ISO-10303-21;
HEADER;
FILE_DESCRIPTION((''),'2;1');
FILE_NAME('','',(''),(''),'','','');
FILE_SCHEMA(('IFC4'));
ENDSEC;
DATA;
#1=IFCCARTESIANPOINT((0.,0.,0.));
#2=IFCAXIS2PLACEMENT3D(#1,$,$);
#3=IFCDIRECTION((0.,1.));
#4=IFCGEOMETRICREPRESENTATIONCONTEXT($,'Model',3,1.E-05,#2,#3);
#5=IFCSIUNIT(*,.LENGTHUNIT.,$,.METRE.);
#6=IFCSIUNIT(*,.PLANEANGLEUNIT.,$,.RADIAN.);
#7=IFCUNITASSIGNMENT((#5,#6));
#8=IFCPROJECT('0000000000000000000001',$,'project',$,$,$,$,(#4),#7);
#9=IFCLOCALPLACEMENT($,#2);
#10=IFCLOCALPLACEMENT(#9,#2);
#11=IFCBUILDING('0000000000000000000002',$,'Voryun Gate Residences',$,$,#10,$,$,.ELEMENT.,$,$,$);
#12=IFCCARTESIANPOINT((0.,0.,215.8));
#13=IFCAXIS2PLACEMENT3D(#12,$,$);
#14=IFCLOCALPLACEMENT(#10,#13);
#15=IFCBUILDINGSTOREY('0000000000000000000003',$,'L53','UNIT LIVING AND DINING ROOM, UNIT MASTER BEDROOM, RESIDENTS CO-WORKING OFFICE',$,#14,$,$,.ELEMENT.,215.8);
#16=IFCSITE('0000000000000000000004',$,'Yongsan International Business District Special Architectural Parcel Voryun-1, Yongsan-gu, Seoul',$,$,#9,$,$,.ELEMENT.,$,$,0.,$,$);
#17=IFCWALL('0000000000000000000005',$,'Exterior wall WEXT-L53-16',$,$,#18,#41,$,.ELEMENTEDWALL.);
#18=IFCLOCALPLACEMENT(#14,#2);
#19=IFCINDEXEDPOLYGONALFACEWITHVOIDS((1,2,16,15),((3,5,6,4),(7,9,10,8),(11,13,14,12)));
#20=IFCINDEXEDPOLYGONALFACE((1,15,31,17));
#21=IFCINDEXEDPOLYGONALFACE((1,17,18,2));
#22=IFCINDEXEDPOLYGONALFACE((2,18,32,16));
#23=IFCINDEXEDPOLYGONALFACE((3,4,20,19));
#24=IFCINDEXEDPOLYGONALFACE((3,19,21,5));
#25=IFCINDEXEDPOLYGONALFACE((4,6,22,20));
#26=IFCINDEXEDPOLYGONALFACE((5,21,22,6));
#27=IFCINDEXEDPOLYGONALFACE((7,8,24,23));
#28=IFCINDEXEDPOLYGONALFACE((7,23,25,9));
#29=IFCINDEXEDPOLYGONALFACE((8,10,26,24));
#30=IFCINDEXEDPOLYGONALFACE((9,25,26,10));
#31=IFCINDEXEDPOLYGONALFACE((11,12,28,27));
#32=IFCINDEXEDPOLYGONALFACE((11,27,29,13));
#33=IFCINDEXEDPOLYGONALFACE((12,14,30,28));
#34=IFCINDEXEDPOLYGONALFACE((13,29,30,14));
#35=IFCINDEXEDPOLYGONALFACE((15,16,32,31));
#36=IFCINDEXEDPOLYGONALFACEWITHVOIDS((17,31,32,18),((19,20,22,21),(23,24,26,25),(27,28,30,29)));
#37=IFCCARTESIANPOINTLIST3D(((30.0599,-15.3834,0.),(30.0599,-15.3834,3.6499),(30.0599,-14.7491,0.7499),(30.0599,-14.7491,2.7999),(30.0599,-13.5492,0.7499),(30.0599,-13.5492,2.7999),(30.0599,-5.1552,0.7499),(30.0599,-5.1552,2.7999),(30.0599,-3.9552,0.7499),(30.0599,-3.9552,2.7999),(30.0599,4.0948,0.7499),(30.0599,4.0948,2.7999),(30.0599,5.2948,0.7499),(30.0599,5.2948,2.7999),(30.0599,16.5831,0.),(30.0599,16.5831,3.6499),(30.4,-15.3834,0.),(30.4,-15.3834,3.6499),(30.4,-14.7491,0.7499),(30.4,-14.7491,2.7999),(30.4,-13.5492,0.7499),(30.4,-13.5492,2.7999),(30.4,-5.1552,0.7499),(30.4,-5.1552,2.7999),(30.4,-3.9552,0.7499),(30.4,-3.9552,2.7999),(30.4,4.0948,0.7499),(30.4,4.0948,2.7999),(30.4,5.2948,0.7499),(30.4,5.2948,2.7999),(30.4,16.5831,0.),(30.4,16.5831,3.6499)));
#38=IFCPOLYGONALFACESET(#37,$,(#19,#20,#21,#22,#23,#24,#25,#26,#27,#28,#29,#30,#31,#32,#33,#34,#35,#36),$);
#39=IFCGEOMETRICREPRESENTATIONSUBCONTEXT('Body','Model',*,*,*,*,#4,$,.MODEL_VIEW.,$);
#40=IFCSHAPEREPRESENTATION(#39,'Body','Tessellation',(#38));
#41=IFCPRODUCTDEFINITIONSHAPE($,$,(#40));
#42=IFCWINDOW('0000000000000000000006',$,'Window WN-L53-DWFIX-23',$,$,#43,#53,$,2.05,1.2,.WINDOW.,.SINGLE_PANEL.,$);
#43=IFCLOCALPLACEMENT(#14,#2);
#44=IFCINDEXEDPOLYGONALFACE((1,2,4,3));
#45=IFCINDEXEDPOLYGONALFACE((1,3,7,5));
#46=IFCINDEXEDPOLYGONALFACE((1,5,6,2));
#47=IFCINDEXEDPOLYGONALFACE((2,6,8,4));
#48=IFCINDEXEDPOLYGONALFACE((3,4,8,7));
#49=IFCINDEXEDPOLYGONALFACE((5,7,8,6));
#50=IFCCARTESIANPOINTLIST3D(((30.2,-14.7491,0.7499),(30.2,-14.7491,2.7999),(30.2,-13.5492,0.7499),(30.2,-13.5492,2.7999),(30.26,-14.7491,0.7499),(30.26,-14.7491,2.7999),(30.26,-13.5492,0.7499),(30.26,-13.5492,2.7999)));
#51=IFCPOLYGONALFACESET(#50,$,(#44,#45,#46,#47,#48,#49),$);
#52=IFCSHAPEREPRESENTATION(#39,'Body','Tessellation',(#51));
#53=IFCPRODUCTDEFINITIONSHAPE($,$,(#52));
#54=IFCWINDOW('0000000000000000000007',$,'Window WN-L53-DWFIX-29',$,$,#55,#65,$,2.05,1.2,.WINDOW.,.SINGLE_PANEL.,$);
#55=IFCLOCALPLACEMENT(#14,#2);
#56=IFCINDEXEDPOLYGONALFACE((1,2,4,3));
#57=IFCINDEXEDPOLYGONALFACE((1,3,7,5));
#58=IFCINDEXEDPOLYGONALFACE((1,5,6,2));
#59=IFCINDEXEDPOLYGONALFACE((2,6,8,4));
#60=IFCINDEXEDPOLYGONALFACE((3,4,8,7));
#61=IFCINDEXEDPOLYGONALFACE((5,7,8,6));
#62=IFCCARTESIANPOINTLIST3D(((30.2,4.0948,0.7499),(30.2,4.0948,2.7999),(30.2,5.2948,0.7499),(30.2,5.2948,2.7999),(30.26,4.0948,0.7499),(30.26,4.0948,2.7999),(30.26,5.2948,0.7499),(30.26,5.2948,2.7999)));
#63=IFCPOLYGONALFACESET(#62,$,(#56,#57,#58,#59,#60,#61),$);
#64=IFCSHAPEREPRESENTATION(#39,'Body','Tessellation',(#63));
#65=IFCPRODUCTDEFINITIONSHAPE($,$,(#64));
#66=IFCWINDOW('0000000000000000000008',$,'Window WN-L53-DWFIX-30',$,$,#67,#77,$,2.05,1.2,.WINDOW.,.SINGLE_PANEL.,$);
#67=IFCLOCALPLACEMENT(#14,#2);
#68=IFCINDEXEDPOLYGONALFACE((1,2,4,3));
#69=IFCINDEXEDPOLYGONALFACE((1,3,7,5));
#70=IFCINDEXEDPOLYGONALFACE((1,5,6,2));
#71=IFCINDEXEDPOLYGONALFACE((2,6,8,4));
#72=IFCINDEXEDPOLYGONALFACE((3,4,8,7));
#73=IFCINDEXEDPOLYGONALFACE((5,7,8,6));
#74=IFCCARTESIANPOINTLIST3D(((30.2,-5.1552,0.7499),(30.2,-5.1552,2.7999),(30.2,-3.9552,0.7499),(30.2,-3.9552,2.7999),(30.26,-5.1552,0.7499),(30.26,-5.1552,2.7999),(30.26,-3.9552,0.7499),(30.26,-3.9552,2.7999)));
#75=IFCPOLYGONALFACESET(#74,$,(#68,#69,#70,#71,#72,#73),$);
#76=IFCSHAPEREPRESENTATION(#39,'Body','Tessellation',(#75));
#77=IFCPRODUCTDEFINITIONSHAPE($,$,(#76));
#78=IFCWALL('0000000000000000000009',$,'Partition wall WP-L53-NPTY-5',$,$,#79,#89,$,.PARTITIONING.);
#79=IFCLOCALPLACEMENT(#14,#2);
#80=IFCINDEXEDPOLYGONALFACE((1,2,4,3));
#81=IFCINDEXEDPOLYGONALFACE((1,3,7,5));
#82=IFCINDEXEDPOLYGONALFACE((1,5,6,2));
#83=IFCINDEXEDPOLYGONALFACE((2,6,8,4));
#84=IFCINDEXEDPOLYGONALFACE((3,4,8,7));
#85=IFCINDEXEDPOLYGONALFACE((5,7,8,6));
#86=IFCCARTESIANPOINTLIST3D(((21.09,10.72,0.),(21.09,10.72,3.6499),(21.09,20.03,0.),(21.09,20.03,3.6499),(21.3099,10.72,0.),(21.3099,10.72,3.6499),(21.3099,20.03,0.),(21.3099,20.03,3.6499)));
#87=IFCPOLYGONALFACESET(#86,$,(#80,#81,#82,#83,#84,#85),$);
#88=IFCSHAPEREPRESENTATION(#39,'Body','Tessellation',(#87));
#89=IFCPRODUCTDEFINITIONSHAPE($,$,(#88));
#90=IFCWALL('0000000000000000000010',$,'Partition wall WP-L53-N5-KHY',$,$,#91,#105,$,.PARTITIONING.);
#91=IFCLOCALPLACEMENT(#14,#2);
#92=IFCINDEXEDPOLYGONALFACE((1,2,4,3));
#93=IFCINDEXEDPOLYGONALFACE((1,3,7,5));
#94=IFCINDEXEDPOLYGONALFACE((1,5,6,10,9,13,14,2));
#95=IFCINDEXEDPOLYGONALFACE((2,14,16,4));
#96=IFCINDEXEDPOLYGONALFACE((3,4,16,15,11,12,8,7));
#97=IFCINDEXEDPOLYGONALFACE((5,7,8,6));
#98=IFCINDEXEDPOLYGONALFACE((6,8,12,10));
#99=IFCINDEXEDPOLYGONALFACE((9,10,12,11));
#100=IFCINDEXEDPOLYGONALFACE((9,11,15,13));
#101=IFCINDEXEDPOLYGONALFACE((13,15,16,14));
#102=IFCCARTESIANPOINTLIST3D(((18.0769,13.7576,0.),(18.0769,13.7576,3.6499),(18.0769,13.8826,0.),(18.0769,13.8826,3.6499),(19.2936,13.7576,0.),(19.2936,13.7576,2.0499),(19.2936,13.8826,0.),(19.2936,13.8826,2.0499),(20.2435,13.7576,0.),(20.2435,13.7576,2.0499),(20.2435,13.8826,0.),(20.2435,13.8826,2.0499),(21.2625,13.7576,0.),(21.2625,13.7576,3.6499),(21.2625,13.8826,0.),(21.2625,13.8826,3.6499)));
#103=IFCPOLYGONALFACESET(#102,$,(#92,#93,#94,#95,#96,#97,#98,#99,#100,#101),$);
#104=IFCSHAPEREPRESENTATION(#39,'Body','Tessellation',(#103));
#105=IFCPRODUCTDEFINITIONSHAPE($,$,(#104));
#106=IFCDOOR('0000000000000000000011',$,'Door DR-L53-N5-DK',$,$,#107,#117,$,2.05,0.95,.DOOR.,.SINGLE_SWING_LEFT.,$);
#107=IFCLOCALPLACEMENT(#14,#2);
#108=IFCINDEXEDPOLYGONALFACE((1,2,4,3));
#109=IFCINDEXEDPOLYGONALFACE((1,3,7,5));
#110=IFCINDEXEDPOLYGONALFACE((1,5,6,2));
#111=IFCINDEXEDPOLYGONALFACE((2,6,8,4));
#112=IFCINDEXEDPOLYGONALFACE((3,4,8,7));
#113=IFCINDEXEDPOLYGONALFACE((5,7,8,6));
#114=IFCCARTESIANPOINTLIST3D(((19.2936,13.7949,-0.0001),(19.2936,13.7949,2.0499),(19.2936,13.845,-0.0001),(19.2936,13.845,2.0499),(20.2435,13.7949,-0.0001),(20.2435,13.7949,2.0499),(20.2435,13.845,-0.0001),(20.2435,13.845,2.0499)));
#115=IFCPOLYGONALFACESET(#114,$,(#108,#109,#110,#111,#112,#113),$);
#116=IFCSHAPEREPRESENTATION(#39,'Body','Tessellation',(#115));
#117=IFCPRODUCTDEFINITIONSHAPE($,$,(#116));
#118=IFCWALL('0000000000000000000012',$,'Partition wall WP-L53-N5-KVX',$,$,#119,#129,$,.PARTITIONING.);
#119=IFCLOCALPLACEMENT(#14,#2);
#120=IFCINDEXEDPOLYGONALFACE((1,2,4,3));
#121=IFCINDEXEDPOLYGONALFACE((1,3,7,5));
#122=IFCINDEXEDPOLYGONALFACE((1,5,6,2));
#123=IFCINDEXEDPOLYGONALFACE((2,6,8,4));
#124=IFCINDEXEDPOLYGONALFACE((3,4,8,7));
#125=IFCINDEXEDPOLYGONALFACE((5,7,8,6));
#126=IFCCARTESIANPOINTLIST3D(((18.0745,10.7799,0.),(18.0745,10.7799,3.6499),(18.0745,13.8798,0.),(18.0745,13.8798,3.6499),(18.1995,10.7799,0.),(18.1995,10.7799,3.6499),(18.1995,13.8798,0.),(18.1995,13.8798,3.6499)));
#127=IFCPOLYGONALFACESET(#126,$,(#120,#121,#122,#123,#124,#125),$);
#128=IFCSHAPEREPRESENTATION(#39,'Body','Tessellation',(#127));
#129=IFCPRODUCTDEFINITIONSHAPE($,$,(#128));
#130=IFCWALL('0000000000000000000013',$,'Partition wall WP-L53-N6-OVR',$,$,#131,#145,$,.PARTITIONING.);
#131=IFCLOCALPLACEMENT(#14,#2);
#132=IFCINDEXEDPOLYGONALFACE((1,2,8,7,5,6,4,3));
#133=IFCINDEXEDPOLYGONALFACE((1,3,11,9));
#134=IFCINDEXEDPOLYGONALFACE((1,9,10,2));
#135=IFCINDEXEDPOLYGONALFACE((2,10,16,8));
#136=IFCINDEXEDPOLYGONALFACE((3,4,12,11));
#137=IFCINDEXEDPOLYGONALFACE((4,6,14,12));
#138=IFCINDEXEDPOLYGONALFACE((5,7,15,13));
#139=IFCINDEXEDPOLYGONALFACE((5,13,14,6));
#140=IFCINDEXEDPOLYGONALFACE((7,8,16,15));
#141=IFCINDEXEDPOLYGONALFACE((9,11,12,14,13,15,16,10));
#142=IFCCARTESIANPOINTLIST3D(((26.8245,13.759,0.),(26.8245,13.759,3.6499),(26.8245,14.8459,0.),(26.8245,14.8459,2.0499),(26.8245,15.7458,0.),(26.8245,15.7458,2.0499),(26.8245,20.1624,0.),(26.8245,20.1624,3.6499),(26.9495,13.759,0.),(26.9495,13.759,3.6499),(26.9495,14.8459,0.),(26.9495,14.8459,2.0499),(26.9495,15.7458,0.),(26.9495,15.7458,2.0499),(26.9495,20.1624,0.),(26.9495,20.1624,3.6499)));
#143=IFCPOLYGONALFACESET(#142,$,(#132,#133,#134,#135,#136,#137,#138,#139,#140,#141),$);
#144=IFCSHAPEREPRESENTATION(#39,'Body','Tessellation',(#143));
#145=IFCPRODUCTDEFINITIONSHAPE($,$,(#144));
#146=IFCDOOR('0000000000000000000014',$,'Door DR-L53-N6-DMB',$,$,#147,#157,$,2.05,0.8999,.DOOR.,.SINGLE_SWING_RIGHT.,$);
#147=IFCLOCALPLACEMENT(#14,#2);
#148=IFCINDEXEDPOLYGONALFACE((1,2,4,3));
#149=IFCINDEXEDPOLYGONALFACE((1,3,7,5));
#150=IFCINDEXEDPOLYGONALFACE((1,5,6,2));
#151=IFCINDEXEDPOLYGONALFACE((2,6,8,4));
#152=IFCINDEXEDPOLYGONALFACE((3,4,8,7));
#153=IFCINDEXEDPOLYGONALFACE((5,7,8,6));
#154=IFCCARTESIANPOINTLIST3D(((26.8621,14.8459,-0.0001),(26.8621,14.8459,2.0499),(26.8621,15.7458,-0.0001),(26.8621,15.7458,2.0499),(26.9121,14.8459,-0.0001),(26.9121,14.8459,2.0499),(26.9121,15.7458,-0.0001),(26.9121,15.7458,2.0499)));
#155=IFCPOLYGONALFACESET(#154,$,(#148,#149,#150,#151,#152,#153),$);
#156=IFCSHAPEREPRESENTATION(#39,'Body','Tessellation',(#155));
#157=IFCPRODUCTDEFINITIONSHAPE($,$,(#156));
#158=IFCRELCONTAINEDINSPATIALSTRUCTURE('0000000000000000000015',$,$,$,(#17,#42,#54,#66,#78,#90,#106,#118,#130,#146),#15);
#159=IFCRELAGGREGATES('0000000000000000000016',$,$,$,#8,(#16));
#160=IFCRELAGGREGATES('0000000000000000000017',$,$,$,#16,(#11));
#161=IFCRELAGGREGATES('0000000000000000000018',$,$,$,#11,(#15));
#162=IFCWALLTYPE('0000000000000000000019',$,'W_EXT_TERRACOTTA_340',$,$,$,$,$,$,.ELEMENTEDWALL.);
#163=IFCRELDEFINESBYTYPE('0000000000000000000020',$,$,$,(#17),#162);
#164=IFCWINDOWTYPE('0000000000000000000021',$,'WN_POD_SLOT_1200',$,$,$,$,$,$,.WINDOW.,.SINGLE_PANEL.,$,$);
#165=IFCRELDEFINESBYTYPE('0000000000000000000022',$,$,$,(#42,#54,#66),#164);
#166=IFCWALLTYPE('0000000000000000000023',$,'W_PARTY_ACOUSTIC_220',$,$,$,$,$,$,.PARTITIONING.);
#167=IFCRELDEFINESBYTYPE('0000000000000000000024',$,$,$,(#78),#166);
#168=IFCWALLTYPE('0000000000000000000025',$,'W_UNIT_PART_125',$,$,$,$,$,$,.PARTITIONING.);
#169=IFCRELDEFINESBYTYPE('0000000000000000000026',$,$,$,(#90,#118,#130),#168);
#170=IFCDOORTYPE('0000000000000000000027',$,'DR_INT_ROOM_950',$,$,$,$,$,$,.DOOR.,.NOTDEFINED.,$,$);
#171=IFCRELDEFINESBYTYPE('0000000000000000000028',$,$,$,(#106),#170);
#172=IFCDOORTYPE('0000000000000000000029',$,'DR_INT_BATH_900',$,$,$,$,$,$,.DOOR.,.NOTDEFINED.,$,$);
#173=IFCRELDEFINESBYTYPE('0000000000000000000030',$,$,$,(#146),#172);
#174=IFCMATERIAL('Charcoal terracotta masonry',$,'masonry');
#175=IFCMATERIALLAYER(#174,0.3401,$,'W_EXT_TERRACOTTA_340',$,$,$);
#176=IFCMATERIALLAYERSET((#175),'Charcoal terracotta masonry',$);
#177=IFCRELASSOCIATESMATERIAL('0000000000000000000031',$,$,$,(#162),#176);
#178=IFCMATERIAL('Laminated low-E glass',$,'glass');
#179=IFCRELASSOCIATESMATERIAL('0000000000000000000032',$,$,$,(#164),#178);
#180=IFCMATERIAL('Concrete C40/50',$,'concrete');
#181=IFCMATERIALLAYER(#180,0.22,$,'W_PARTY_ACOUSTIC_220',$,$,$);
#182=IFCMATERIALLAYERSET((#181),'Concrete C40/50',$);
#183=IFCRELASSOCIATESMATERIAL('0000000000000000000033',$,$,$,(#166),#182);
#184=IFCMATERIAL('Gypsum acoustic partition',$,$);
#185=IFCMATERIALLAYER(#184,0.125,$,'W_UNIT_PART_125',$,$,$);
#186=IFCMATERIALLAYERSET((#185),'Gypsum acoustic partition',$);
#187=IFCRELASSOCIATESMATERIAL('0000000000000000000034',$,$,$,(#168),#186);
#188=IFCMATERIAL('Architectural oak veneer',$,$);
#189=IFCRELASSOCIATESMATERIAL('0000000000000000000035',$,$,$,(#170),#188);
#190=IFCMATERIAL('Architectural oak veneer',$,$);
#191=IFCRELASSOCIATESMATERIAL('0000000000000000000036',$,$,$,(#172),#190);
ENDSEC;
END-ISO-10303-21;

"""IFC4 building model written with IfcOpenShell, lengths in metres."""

from ifc_helpers import new_model, si_unit, direction, frame, frame_2d, origin, place, context, subcontext, project, spatial, rectangle, extrude, material, layer, layer_set, type_object, element, fill, save


model = new_model("IFC4")

# Units and contexts
model_context = context("Model", 3, precision=1e-05, world=origin(), true_north=direction((0.0, 1.0)))
body_context = subcontext(model_context, "Body", "Model", "MODEL_VIEW")
ifc_project = project(units=[si_unit("LENGTHUNIT", "METRE"), si_unit("PLANEANGLEUNIT", "RADIAN")], contexts=[model_context])

# Site, building, storey
site_placement = place(None, origin())
site = spatial("IfcSite", under=ifc_project, at=site_placement, Name="Yongsan International Business District Special Architectural Parcel Voryun-1, Yongsan-gu, Seoul", CompositionType="ELEMENT", RefElevation=0.0)
building_placement = place(site_placement, origin())
building = spatial("IfcBuilding", under=site, at=building_placement, Name="Voryun Gate Residences", CompositionType="ELEMENT")
storey_placement = place(building_placement, frame((0.0, 0.0, 215.8)))
storey = spatial("IfcBuildingStorey", under=building, at=storey_placement, Name="L53", Description="UNIT LIVING AND DINING ROOM, UNIT MASTER BEDROOM, RESIDENTS CO-WORKING OFFICE", CompositionType="ELEMENT", Elevation=215.8)

# Shared definitions
ifc_material_1 = material(Name="Charcoal terracotta masonry", Category="masonry")
ifc_layer_1 = layer(ifc_material_1, 0.3401, Name="W_EXT_TERRACOTTA_340")
ifc_layer_set_1 = layer_set([ifc_layer_1], Name="Charcoal terracotta masonry")
wall_type_1 = type_object("IfcWallType", Name="W_EXT_TERRACOTTA_340", PredefinedType="ELEMENTEDWALL", material=ifc_layer_set_1)

# Wall, openings, windows
wall_1_placement = place(storey_placement, frame((30.23, 16.5833, 0.0), z_axis=(0.0, 0.0, 1.0), x_axis=(0.0, -1.0, 0.0)))
wall_1 = element("IfcWall", 1, at=wall_1_placement, inside=storey, type_object=wall_type_1, Name="Exterior wall WEXT-L53-16", PredefinedType="ELEMENTEDWALL", context=body_context, shape_type="SweptSolid", body=[
    extrude(rectangle(XDim=31.9666, YDim=0.3401, at=frame_2d((15.9834, 0.0))), origin(), (0.0, 0.0, 1.0), 3.6499),
])
opening_1_placement = place(wall_1_placement, frame((30.1323, 0.0, 0.75)))
opening_1 = element("IfcOpeningElement", 2, at=opening_1_placement, cuts=wall_1, PredefinedType="OPENING", context=body_context, shape_type="SweptSolid", body=[
    extrude(rectangle(XDim=1.2, YDim=2.05, at=frame_2d((0.6001, 1.0249))), frame((0.0, 0.1799, 0.0), z_axis=(0.0, -1.0, 0.0), x_axis=(1.0, 0.0, 0.0)), (0.0, 0.0, 1.0), 0.3601),
])
opening_2_placement = place(wall_1_placement, frame((11.2883, 0.0, 0.75)))
opening_2 = element("IfcOpeningElement", 3, at=opening_2_placement, cuts=wall_1, PredefinedType="OPENING", context=body_context, shape_type="SweptSolid", body=[
    extrude(rectangle(XDim=1.2, YDim=2.05, at=frame_2d((0.6001, 1.0249))), frame((0.0, 0.1799, 0.0), z_axis=(0.0, -1.0, 0.0), x_axis=(1.0, 0.0, 0.0)), (0.0, 0.0, 1.0), 0.3601),
])
opening_3_placement = place(wall_1_placement, frame((20.5383, 0.0, 0.75)))
opening_3 = element("IfcOpeningElement", 4, at=opening_3_placement, cuts=wall_1, PredefinedType="OPENING", context=body_context, shape_type="SweptSolid", body=[
    extrude(rectangle(XDim=1.2, YDim=2.05, at=frame_2d((0.6001, 1.0249))), frame((0.0, 0.1799, 0.0), z_axis=(0.0, -1.0, 0.0), x_axis=(1.0, 0.0, 0.0)), (0.0, 0.0, 1.0), 0.3601),
])
ifc_material_2 = material(Name="Laminated low-E glass", Category="glass")
window_type_1 = type_object("IfcWindowType", Name="WN_POD_SLOT_1200", PartitioningType="SINGLE_PANEL", PredefinedType="WINDOW", material=ifc_material_2)
window_1_placement = place(opening_1_placement, origin())
window_1 = element("IfcWindow", 5, at=window_1_placement, inside=storey, type_object=window_type_1, Name="Window WN-L53-DWFIX-23", OverallHeight=2.05, OverallWidth=1.2, PartitioningType="SINGLE_PANEL", PredefinedType="WINDOW", context=body_context, shape_type="SweptSolid", body=[
    extrude(rectangle(XDim=1.2, YDim=2.05, at=frame_2d((0.6001, 1.0249))), frame((0.0, 0.03, 0.0), z_axis=(0.0, -1.0, 0.0), x_axis=(1.0, 0.0, 0.0)), (0.0, 0.0, 1.0), 0.0601),
])
fill(opening_1, window_1)
window_2_placement = place(opening_2_placement, origin())
window_2 = element("IfcWindow", 6, at=window_2_placement, inside=storey, type_object=window_type_1, Name="Window WN-L53-DWFIX-29", OverallHeight=2.05, OverallWidth=1.2, PartitioningType="SINGLE_PANEL", PredefinedType="WINDOW", context=body_context, shape_type="SweptSolid", body=[
    extrude(rectangle(XDim=1.2, YDim=2.05, at=frame_2d((0.6001, 1.0249))), frame((0.0, 0.03, 0.0), z_axis=(0.0, -1.0, 0.0), x_axis=(1.0, 0.0, 0.0)), (0.0, 0.0, 1.0), 0.0601),
])
fill(opening_2, window_2)
window_3_placement = place(opening_3_placement, origin())
window_3 = element("IfcWindow", 7, at=window_3_placement, inside=storey, type_object=window_type_1, Name="Window WN-L53-DWFIX-30", OverallHeight=2.05, OverallWidth=1.2, PartitioningType="SINGLE_PANEL", PredefinedType="WINDOW", context=body_context, shape_type="SweptSolid", body=[
    extrude(rectangle(XDim=1.2, YDim=2.05, at=frame_2d((0.6001, 1.0249))), frame((0.0, 0.03, 0.0), z_axis=(0.0, -1.0, 0.0), x_axis=(1.0, 0.0, 0.0)), (0.0, 0.0, 1.0), 0.0601),
])
fill(opening_3, window_3)

# Wall
ifc_material_3 = material(Name="Concrete C40/50", Category="concrete")
ifc_layer_2 = layer(ifc_material_3, 0.22, Name="W_PARTY_ACOUSTIC_220")
ifc_layer_set_2 = layer_set([ifc_layer_2], Name="Concrete C40/50")
wall_type_2 = type_object("IfcWallType", Name="W_PARTY_ACOUSTIC_220", PredefinedType="PARTITIONING", material=ifc_layer_set_2)
wall_2_placement = place(storey_placement, frame((21.2, 10.72, 0.0), z_axis=(0.0, 0.0, 1.0), x_axis=(0.0, 1.0, 0.0)))
element("IfcWall", 8, at=wall_2_placement, inside=storey, type_object=wall_type_2, Name="Partition wall WP-L53-NPTY-5", PredefinedType="PARTITIONING", context=body_context, shape_type="SweptSolid", body=[
    extrude(rectangle(XDim=9.3101, YDim=0.22, at=frame_2d((4.655, 0.0))), origin(), (0.0, 0.0, 1.0), 3.6499),
])

# Wall, opening, door
ifc_material_4 = material(Name="Gypsum acoustic partition")
ifc_layer_3 = layer(ifc_material_4, 0.125, Name="W_UNIT_PART_125")
ifc_layer_set_3 = layer_set([ifc_layer_3], Name="Gypsum acoustic partition")
wall_type_3 = type_object("IfcWallType", Name="W_UNIT_PART_125", PredefinedType="PARTITIONING", material=ifc_layer_set_3)
wall_3_placement = place(storey_placement, frame((18.0769, 13.8201, 0.0), z_axis=(0.0, 0.0, 1.0), x_axis=(1.0, 0.0, 0.0)))
wall_3 = element("IfcWall", 9, at=wall_3_placement, inside=storey, type_object=wall_type_3, Name="Partition wall WP-L53-N5-KHY", PredefinedType="PARTITIONING", context=body_context, shape_type="SweptSolid", body=[
    extrude(rectangle(XDim=3.1855, YDim=0.125, at=frame_2d((1.5928, 0.0))), origin(), (0.0, 0.0, 1.0), 3.6499),
])
opening_4_placement = place(wall_3_placement, frame((1.2166, 0.0, 0.0)))
opening_4 = element("IfcOpeningElement", 10, at=opening_4_placement, cuts=wall_3, PredefinedType="OPENING", context=body_context, shape_type="SweptSolid", body=[
    extrude(rectangle(XDim=0.95, YDim=2.05, at=frame_2d((0.4751, 1.0249))), frame((0.0, 0.0725, 0.0), z_axis=(0.0, -1.0, 0.0), x_axis=(1.0, 0.0, 0.0)), (0.0, 0.0, 1.0), 0.145),
])
ifc_material_5 = material(Name="Architectural oak veneer")
door_type_1 = type_object("IfcDoorType", Name="DR_INT_ROOM_950", OperationType="NOTDEFINED", PredefinedType="DOOR", material=ifc_material_5)
door_1_placement = place(opening_4_placement, origin())
door_1 = element("IfcDoor", 11, at=door_1_placement, inside=storey, type_object=door_type_1, Name="Door DR-L53-N5-DK", OperationType="SINGLE_SWING_LEFT", OverallHeight=2.05, OverallWidth=0.95, PredefinedType="DOOR", context=body_context, shape_type="SweptSolid", body=[
    extrude(rectangle(XDim=0.95, YDim=2.05, at=frame_2d((0.4751, 1.0249))), frame((0.0, 0.0249, 0.0), z_axis=(0.0, -1.0, 0.0), x_axis=(1.0, 0.0, 0.0)), (0.0, 0.0, 1.0), 0.05),
])
fill(opening_4, door_1)

# Wall
wall_4_placement = place(storey_placement, frame((18.137, 10.78, 0.0), z_axis=(0.0, 0.0, 1.0), x_axis=(0.0, 1.0, 0.0)))
element("IfcWall", 12, at=wall_4_placement, inside=storey, type_object=wall_type_3, Name="Partition wall WP-L53-N5-KVX", PredefinedType="PARTITIONING", context=body_context, shape_type="SweptSolid", body=[
    extrude(rectangle(XDim=3.0999, YDim=0.125, at=frame_2d((1.5498, 0.0))), origin(), (0.0, 0.0, 1.0), 3.6499),
])

# Wall, opening, door
wall_5_placement = place(storey_placement, frame((26.887, 13.759, 0.0), z_axis=(0.0, 0.0, 1.0), x_axis=(0.0, 1.0, 0.0)))
wall_5 = element("IfcWall", 13, at=wall_5_placement, inside=storey, type_object=wall_type_3, Name="Partition wall WP-L53-N6-OVR", PredefinedType="PARTITIONING", context=body_context, shape_type="SweptSolid", body=[
    extrude(rectangle(XDim=6.4033, YDim=0.125, at=frame_2d((3.2017, 0.0))), origin(), (0.0, 0.0, 1.0), 3.6499),
])
opening_5_placement = place(wall_5_placement, frame((1.0869, 0.0, 0.0)))
opening_5 = element("IfcOpeningElement", 14, at=opening_5_placement, cuts=wall_5, PredefinedType="OPENING", context=body_context, shape_type="SweptSolid", body=[
    extrude(rectangle(XDim=0.8999, YDim=2.05, at=frame_2d((0.45, 1.0249))), frame((0.0, 0.0725, 0.0), z_axis=(0.0, -1.0, 0.0), x_axis=(1.0, 0.0, 0.0)), (0.0, 0.0, 1.0), 0.145),
])
ifc_material_6 = material(Name="Architectural oak veneer")
door_type_2 = type_object("IfcDoorType", Name="DR_INT_BATH_900", OperationType="NOTDEFINED", PredefinedType="DOOR", material=ifc_material_6)
door_2_placement = place(opening_5_placement, origin())
door_2 = element("IfcDoor", 15, at=door_2_placement, inside=storey, type_object=door_type_2, Name="Door DR-L53-N6-DMB", OperationType="SINGLE_SWING_RIGHT", OverallHeight=2.05, OverallWidth=0.8999, PredefinedType="DOOR", context=body_context, shape_type="SweptSolid", body=[
    extrude(rectangle(XDim=0.8999, YDim=2.05, at=frame_2d((0.45, 1.0249))), frame((0.0, 0.0249, 0.0), z_axis=(0.0, -1.0, 0.0), x_axis=(1.0, 0.0, 0.0)), (0.0, 0.0, 1.0), 0.05),
])
fill(opening_5, door_2)

save(model, "model.ifc")
